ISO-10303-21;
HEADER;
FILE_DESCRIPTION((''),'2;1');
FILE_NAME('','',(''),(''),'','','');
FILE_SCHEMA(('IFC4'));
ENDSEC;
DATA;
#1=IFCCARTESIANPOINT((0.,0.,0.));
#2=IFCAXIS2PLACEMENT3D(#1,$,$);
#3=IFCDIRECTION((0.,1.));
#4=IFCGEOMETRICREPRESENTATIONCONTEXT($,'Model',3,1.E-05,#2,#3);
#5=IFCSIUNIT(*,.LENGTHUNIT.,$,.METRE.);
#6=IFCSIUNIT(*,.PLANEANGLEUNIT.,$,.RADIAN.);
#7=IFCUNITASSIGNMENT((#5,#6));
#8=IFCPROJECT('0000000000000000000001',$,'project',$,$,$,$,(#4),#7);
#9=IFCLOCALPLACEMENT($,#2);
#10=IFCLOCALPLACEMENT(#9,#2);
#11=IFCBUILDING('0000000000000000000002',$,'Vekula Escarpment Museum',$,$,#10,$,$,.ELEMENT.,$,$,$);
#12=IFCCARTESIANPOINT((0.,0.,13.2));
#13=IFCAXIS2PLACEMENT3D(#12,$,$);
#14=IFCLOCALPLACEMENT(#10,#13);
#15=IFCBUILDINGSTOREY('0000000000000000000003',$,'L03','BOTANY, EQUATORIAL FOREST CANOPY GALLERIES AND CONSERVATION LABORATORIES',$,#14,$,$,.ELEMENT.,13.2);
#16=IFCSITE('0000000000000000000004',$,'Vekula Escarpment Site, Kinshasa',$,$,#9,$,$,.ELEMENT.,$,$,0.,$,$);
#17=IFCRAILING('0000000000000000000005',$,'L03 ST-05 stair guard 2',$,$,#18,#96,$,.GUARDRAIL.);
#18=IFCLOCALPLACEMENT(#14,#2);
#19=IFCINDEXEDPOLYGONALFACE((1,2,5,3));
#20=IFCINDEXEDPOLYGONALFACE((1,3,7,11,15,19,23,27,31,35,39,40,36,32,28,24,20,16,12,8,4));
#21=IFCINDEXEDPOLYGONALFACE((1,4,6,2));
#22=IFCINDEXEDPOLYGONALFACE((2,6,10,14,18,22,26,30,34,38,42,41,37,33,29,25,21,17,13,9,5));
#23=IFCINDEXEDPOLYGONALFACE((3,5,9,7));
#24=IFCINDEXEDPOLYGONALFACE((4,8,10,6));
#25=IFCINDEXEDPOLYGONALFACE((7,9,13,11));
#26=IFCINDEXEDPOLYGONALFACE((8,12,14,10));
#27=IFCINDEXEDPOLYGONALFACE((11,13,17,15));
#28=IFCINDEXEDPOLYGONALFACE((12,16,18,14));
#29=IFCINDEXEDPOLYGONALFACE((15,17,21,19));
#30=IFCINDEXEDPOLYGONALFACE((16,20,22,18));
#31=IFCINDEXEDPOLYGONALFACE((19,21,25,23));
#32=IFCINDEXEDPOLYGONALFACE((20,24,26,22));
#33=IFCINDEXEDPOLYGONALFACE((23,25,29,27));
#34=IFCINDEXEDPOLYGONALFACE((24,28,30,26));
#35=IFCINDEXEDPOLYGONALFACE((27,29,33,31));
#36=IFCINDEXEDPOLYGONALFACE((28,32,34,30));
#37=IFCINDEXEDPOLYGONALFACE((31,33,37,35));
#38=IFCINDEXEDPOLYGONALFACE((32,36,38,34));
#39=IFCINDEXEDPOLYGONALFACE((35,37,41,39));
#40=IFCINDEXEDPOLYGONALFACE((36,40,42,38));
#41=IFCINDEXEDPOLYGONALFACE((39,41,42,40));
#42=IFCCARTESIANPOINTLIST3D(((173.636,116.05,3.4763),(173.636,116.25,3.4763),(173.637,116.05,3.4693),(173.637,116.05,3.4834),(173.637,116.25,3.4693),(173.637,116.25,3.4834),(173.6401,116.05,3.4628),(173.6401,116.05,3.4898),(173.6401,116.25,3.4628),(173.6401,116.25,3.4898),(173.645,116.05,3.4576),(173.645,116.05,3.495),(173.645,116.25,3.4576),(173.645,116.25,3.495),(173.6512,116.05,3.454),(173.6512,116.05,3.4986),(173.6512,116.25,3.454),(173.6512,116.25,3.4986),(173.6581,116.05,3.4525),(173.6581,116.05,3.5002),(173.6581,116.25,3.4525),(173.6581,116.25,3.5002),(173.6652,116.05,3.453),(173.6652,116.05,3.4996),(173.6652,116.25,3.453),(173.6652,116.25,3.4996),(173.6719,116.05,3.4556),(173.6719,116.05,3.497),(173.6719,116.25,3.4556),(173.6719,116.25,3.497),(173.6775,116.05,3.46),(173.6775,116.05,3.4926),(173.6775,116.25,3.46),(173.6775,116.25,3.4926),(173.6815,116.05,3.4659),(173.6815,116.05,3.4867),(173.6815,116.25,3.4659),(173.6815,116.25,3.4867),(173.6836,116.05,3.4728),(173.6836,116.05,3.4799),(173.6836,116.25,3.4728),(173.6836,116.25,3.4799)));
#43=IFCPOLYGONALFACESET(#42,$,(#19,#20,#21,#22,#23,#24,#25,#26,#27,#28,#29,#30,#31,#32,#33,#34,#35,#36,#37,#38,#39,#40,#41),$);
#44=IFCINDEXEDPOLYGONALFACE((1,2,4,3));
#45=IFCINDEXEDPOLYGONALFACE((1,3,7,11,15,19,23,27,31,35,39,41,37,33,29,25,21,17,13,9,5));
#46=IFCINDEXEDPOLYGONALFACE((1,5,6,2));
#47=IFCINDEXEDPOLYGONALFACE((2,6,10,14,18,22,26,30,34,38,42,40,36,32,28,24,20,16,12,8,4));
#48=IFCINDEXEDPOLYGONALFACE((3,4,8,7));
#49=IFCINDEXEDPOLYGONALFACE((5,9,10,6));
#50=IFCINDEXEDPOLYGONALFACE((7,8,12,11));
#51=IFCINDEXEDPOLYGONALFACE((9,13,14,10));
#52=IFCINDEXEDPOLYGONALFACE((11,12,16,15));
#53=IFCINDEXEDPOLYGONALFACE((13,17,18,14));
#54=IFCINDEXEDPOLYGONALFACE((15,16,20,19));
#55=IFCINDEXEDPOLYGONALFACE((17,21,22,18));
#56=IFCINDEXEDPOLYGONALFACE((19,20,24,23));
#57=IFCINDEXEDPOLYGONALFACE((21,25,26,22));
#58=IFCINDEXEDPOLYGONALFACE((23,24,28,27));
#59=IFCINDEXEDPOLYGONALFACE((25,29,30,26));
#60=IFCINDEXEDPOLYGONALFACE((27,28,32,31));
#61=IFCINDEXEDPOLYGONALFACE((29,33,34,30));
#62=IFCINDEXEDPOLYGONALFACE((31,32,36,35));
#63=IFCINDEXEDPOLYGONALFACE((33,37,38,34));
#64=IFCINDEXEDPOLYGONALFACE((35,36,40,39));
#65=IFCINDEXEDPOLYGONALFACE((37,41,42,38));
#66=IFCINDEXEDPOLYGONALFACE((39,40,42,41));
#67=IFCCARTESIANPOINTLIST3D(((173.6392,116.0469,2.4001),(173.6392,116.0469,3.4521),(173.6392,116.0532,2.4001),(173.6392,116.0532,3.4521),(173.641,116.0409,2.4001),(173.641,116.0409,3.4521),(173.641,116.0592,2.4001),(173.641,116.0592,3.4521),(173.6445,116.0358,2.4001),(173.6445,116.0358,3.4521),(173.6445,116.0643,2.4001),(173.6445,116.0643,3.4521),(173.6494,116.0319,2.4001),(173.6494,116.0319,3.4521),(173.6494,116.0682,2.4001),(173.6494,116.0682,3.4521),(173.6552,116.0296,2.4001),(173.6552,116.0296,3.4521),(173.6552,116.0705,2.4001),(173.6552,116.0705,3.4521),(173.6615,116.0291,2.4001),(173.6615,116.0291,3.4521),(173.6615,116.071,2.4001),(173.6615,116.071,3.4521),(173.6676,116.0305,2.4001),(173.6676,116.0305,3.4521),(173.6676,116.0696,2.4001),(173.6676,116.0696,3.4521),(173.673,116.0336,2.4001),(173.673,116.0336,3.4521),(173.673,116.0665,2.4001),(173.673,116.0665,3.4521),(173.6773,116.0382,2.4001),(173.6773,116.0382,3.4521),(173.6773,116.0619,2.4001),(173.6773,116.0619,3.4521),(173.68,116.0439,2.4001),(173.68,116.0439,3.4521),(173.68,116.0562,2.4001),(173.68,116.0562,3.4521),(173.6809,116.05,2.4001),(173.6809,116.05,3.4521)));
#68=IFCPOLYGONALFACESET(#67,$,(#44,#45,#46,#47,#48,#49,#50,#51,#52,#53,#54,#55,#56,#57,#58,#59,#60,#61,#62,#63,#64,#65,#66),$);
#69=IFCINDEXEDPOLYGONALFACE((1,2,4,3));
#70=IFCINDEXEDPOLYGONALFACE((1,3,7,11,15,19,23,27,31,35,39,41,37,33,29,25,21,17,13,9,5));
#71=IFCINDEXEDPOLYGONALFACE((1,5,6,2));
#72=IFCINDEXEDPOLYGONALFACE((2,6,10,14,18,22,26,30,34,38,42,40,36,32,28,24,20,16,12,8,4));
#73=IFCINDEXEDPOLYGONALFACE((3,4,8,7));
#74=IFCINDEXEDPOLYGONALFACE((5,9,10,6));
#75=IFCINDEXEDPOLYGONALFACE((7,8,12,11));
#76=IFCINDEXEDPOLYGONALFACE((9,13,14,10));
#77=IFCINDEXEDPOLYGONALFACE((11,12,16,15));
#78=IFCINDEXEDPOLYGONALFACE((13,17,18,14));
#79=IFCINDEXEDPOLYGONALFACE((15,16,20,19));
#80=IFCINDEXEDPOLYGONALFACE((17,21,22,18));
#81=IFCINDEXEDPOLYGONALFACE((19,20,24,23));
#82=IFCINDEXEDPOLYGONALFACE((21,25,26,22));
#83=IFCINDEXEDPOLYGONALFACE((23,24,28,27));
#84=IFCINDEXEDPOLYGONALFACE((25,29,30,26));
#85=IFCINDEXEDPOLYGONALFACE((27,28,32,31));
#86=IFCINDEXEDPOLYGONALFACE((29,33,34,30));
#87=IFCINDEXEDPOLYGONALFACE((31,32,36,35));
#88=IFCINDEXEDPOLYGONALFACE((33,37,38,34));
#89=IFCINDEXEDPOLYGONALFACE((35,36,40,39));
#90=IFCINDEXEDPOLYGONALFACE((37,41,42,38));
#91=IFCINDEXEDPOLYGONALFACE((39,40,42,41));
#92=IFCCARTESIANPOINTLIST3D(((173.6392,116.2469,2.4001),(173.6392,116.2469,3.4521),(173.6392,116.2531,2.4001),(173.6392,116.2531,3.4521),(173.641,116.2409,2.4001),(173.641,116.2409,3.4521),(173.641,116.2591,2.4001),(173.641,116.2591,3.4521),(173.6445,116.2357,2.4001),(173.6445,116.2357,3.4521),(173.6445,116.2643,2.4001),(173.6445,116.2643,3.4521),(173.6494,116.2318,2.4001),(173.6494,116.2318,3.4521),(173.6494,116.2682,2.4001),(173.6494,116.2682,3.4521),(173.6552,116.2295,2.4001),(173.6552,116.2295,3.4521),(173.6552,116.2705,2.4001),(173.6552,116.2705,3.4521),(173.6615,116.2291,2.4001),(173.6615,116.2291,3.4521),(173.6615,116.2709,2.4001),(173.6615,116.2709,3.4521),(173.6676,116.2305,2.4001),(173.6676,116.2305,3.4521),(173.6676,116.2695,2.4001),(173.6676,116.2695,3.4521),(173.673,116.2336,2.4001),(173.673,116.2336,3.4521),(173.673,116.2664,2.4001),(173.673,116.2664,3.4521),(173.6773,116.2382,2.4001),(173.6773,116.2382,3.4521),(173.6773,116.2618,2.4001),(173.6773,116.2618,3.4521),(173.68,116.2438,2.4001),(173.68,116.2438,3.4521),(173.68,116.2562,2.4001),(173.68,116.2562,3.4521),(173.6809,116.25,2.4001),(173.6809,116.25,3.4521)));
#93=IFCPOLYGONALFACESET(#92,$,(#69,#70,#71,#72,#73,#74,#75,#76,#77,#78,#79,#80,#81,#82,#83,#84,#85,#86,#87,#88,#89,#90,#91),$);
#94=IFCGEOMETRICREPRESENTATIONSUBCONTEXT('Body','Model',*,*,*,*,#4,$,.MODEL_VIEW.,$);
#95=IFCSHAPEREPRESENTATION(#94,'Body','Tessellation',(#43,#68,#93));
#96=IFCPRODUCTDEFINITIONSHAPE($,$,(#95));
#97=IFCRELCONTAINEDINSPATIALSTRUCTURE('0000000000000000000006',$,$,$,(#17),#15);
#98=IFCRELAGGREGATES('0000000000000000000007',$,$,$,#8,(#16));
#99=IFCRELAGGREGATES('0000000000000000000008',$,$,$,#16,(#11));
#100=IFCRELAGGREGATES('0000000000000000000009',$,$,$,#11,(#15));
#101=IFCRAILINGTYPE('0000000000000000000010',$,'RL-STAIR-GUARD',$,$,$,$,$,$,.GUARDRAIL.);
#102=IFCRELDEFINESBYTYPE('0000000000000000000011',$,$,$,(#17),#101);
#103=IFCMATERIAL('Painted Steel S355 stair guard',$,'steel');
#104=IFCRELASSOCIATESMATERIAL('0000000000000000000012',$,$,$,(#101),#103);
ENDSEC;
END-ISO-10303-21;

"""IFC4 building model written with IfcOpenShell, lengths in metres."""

from ifc_helpers import new_model, si_unit, direction, frame, origin, origin_2d, place, context, subcontext, project, spatial, circle, extrude, material, type_object, element, save


model = new_model("IFC4")

# Units and contexts
model_context = context("Model", 3, precision=1e-05, world=origin(), true_north=direction((0.0, 1.0)))
body_context = subcontext(model_context, "Body", "Model", "MODEL_VIEW")
ifc_project = project(units=[si_unit("LENGTHUNIT", "METRE"), si_unit("PLANEANGLEUNIT", "RADIAN")], contexts=[model_context])

# Site, building, storey
site_placement = place(None, origin())
site = spatial("IfcSite", under=ifc_project, at=site_placement, Name="Vekula Escarpment Site, Kinshasa", CompositionType="ELEMENT", RefElevation=0.0)
building_placement = place(site_placement, origin())
building = spatial("IfcBuilding", under=site, at=building_placement, Name="Vekula Escarpment Museum", CompositionType="ELEMENT")
storey_placement = place(building_placement, frame((0.0, 0.0, 13.2)))
storey = spatial("IfcBuildingStorey", under=building, at=storey_placement, Name="L03", Description="BOTANY, EQUATORIAL FOREST CANOPY GALLERIES AND CONSERVATION LABORATORIES", CompositionType="ELEMENT", Elevation=13.2)

# Railing
ifc_material_1 = material(Name="Painted Steel S355 stair guard", Category="steel")
railing_type_1 = type_object("IfcRailingType", Name="RL-STAIR-GUARD", PredefinedType="GUARDRAIL", material=ifc_material_1)
railing_1_placement = place(storey_placement, frame((173.6599, 116.05, 2.4001)))
element("IfcRailing", 1, at=railing_1_placement, inside=storey, type_object=railing_type_1, Name="L03 ST-05 stair guard 2", PredefinedType="GUARDRAIL", context=body_context, shape_type="SweptSolid", body=[
    extrude(circle(Radius=0.0239, at=origin_2d()), frame((0.0, 0.0, 1.0762), z_axis=(0.0, 1.0, 0.0), x_axis=(-1.0, 0.0, 0.0)), (0.0, 0.0, 1.0), 0.2),
    extrude(circle(Radius=0.021, at=origin_2d()), origin(), (0.0, 0.0, 1.0), 1.052),
    extrude(circle(Radius=0.021, at=origin_2d()), frame((0.0, 0.2, 0.0)), (0.0, 0.0, 1.0), 1.052),
])

save(model, "model.ifc")
